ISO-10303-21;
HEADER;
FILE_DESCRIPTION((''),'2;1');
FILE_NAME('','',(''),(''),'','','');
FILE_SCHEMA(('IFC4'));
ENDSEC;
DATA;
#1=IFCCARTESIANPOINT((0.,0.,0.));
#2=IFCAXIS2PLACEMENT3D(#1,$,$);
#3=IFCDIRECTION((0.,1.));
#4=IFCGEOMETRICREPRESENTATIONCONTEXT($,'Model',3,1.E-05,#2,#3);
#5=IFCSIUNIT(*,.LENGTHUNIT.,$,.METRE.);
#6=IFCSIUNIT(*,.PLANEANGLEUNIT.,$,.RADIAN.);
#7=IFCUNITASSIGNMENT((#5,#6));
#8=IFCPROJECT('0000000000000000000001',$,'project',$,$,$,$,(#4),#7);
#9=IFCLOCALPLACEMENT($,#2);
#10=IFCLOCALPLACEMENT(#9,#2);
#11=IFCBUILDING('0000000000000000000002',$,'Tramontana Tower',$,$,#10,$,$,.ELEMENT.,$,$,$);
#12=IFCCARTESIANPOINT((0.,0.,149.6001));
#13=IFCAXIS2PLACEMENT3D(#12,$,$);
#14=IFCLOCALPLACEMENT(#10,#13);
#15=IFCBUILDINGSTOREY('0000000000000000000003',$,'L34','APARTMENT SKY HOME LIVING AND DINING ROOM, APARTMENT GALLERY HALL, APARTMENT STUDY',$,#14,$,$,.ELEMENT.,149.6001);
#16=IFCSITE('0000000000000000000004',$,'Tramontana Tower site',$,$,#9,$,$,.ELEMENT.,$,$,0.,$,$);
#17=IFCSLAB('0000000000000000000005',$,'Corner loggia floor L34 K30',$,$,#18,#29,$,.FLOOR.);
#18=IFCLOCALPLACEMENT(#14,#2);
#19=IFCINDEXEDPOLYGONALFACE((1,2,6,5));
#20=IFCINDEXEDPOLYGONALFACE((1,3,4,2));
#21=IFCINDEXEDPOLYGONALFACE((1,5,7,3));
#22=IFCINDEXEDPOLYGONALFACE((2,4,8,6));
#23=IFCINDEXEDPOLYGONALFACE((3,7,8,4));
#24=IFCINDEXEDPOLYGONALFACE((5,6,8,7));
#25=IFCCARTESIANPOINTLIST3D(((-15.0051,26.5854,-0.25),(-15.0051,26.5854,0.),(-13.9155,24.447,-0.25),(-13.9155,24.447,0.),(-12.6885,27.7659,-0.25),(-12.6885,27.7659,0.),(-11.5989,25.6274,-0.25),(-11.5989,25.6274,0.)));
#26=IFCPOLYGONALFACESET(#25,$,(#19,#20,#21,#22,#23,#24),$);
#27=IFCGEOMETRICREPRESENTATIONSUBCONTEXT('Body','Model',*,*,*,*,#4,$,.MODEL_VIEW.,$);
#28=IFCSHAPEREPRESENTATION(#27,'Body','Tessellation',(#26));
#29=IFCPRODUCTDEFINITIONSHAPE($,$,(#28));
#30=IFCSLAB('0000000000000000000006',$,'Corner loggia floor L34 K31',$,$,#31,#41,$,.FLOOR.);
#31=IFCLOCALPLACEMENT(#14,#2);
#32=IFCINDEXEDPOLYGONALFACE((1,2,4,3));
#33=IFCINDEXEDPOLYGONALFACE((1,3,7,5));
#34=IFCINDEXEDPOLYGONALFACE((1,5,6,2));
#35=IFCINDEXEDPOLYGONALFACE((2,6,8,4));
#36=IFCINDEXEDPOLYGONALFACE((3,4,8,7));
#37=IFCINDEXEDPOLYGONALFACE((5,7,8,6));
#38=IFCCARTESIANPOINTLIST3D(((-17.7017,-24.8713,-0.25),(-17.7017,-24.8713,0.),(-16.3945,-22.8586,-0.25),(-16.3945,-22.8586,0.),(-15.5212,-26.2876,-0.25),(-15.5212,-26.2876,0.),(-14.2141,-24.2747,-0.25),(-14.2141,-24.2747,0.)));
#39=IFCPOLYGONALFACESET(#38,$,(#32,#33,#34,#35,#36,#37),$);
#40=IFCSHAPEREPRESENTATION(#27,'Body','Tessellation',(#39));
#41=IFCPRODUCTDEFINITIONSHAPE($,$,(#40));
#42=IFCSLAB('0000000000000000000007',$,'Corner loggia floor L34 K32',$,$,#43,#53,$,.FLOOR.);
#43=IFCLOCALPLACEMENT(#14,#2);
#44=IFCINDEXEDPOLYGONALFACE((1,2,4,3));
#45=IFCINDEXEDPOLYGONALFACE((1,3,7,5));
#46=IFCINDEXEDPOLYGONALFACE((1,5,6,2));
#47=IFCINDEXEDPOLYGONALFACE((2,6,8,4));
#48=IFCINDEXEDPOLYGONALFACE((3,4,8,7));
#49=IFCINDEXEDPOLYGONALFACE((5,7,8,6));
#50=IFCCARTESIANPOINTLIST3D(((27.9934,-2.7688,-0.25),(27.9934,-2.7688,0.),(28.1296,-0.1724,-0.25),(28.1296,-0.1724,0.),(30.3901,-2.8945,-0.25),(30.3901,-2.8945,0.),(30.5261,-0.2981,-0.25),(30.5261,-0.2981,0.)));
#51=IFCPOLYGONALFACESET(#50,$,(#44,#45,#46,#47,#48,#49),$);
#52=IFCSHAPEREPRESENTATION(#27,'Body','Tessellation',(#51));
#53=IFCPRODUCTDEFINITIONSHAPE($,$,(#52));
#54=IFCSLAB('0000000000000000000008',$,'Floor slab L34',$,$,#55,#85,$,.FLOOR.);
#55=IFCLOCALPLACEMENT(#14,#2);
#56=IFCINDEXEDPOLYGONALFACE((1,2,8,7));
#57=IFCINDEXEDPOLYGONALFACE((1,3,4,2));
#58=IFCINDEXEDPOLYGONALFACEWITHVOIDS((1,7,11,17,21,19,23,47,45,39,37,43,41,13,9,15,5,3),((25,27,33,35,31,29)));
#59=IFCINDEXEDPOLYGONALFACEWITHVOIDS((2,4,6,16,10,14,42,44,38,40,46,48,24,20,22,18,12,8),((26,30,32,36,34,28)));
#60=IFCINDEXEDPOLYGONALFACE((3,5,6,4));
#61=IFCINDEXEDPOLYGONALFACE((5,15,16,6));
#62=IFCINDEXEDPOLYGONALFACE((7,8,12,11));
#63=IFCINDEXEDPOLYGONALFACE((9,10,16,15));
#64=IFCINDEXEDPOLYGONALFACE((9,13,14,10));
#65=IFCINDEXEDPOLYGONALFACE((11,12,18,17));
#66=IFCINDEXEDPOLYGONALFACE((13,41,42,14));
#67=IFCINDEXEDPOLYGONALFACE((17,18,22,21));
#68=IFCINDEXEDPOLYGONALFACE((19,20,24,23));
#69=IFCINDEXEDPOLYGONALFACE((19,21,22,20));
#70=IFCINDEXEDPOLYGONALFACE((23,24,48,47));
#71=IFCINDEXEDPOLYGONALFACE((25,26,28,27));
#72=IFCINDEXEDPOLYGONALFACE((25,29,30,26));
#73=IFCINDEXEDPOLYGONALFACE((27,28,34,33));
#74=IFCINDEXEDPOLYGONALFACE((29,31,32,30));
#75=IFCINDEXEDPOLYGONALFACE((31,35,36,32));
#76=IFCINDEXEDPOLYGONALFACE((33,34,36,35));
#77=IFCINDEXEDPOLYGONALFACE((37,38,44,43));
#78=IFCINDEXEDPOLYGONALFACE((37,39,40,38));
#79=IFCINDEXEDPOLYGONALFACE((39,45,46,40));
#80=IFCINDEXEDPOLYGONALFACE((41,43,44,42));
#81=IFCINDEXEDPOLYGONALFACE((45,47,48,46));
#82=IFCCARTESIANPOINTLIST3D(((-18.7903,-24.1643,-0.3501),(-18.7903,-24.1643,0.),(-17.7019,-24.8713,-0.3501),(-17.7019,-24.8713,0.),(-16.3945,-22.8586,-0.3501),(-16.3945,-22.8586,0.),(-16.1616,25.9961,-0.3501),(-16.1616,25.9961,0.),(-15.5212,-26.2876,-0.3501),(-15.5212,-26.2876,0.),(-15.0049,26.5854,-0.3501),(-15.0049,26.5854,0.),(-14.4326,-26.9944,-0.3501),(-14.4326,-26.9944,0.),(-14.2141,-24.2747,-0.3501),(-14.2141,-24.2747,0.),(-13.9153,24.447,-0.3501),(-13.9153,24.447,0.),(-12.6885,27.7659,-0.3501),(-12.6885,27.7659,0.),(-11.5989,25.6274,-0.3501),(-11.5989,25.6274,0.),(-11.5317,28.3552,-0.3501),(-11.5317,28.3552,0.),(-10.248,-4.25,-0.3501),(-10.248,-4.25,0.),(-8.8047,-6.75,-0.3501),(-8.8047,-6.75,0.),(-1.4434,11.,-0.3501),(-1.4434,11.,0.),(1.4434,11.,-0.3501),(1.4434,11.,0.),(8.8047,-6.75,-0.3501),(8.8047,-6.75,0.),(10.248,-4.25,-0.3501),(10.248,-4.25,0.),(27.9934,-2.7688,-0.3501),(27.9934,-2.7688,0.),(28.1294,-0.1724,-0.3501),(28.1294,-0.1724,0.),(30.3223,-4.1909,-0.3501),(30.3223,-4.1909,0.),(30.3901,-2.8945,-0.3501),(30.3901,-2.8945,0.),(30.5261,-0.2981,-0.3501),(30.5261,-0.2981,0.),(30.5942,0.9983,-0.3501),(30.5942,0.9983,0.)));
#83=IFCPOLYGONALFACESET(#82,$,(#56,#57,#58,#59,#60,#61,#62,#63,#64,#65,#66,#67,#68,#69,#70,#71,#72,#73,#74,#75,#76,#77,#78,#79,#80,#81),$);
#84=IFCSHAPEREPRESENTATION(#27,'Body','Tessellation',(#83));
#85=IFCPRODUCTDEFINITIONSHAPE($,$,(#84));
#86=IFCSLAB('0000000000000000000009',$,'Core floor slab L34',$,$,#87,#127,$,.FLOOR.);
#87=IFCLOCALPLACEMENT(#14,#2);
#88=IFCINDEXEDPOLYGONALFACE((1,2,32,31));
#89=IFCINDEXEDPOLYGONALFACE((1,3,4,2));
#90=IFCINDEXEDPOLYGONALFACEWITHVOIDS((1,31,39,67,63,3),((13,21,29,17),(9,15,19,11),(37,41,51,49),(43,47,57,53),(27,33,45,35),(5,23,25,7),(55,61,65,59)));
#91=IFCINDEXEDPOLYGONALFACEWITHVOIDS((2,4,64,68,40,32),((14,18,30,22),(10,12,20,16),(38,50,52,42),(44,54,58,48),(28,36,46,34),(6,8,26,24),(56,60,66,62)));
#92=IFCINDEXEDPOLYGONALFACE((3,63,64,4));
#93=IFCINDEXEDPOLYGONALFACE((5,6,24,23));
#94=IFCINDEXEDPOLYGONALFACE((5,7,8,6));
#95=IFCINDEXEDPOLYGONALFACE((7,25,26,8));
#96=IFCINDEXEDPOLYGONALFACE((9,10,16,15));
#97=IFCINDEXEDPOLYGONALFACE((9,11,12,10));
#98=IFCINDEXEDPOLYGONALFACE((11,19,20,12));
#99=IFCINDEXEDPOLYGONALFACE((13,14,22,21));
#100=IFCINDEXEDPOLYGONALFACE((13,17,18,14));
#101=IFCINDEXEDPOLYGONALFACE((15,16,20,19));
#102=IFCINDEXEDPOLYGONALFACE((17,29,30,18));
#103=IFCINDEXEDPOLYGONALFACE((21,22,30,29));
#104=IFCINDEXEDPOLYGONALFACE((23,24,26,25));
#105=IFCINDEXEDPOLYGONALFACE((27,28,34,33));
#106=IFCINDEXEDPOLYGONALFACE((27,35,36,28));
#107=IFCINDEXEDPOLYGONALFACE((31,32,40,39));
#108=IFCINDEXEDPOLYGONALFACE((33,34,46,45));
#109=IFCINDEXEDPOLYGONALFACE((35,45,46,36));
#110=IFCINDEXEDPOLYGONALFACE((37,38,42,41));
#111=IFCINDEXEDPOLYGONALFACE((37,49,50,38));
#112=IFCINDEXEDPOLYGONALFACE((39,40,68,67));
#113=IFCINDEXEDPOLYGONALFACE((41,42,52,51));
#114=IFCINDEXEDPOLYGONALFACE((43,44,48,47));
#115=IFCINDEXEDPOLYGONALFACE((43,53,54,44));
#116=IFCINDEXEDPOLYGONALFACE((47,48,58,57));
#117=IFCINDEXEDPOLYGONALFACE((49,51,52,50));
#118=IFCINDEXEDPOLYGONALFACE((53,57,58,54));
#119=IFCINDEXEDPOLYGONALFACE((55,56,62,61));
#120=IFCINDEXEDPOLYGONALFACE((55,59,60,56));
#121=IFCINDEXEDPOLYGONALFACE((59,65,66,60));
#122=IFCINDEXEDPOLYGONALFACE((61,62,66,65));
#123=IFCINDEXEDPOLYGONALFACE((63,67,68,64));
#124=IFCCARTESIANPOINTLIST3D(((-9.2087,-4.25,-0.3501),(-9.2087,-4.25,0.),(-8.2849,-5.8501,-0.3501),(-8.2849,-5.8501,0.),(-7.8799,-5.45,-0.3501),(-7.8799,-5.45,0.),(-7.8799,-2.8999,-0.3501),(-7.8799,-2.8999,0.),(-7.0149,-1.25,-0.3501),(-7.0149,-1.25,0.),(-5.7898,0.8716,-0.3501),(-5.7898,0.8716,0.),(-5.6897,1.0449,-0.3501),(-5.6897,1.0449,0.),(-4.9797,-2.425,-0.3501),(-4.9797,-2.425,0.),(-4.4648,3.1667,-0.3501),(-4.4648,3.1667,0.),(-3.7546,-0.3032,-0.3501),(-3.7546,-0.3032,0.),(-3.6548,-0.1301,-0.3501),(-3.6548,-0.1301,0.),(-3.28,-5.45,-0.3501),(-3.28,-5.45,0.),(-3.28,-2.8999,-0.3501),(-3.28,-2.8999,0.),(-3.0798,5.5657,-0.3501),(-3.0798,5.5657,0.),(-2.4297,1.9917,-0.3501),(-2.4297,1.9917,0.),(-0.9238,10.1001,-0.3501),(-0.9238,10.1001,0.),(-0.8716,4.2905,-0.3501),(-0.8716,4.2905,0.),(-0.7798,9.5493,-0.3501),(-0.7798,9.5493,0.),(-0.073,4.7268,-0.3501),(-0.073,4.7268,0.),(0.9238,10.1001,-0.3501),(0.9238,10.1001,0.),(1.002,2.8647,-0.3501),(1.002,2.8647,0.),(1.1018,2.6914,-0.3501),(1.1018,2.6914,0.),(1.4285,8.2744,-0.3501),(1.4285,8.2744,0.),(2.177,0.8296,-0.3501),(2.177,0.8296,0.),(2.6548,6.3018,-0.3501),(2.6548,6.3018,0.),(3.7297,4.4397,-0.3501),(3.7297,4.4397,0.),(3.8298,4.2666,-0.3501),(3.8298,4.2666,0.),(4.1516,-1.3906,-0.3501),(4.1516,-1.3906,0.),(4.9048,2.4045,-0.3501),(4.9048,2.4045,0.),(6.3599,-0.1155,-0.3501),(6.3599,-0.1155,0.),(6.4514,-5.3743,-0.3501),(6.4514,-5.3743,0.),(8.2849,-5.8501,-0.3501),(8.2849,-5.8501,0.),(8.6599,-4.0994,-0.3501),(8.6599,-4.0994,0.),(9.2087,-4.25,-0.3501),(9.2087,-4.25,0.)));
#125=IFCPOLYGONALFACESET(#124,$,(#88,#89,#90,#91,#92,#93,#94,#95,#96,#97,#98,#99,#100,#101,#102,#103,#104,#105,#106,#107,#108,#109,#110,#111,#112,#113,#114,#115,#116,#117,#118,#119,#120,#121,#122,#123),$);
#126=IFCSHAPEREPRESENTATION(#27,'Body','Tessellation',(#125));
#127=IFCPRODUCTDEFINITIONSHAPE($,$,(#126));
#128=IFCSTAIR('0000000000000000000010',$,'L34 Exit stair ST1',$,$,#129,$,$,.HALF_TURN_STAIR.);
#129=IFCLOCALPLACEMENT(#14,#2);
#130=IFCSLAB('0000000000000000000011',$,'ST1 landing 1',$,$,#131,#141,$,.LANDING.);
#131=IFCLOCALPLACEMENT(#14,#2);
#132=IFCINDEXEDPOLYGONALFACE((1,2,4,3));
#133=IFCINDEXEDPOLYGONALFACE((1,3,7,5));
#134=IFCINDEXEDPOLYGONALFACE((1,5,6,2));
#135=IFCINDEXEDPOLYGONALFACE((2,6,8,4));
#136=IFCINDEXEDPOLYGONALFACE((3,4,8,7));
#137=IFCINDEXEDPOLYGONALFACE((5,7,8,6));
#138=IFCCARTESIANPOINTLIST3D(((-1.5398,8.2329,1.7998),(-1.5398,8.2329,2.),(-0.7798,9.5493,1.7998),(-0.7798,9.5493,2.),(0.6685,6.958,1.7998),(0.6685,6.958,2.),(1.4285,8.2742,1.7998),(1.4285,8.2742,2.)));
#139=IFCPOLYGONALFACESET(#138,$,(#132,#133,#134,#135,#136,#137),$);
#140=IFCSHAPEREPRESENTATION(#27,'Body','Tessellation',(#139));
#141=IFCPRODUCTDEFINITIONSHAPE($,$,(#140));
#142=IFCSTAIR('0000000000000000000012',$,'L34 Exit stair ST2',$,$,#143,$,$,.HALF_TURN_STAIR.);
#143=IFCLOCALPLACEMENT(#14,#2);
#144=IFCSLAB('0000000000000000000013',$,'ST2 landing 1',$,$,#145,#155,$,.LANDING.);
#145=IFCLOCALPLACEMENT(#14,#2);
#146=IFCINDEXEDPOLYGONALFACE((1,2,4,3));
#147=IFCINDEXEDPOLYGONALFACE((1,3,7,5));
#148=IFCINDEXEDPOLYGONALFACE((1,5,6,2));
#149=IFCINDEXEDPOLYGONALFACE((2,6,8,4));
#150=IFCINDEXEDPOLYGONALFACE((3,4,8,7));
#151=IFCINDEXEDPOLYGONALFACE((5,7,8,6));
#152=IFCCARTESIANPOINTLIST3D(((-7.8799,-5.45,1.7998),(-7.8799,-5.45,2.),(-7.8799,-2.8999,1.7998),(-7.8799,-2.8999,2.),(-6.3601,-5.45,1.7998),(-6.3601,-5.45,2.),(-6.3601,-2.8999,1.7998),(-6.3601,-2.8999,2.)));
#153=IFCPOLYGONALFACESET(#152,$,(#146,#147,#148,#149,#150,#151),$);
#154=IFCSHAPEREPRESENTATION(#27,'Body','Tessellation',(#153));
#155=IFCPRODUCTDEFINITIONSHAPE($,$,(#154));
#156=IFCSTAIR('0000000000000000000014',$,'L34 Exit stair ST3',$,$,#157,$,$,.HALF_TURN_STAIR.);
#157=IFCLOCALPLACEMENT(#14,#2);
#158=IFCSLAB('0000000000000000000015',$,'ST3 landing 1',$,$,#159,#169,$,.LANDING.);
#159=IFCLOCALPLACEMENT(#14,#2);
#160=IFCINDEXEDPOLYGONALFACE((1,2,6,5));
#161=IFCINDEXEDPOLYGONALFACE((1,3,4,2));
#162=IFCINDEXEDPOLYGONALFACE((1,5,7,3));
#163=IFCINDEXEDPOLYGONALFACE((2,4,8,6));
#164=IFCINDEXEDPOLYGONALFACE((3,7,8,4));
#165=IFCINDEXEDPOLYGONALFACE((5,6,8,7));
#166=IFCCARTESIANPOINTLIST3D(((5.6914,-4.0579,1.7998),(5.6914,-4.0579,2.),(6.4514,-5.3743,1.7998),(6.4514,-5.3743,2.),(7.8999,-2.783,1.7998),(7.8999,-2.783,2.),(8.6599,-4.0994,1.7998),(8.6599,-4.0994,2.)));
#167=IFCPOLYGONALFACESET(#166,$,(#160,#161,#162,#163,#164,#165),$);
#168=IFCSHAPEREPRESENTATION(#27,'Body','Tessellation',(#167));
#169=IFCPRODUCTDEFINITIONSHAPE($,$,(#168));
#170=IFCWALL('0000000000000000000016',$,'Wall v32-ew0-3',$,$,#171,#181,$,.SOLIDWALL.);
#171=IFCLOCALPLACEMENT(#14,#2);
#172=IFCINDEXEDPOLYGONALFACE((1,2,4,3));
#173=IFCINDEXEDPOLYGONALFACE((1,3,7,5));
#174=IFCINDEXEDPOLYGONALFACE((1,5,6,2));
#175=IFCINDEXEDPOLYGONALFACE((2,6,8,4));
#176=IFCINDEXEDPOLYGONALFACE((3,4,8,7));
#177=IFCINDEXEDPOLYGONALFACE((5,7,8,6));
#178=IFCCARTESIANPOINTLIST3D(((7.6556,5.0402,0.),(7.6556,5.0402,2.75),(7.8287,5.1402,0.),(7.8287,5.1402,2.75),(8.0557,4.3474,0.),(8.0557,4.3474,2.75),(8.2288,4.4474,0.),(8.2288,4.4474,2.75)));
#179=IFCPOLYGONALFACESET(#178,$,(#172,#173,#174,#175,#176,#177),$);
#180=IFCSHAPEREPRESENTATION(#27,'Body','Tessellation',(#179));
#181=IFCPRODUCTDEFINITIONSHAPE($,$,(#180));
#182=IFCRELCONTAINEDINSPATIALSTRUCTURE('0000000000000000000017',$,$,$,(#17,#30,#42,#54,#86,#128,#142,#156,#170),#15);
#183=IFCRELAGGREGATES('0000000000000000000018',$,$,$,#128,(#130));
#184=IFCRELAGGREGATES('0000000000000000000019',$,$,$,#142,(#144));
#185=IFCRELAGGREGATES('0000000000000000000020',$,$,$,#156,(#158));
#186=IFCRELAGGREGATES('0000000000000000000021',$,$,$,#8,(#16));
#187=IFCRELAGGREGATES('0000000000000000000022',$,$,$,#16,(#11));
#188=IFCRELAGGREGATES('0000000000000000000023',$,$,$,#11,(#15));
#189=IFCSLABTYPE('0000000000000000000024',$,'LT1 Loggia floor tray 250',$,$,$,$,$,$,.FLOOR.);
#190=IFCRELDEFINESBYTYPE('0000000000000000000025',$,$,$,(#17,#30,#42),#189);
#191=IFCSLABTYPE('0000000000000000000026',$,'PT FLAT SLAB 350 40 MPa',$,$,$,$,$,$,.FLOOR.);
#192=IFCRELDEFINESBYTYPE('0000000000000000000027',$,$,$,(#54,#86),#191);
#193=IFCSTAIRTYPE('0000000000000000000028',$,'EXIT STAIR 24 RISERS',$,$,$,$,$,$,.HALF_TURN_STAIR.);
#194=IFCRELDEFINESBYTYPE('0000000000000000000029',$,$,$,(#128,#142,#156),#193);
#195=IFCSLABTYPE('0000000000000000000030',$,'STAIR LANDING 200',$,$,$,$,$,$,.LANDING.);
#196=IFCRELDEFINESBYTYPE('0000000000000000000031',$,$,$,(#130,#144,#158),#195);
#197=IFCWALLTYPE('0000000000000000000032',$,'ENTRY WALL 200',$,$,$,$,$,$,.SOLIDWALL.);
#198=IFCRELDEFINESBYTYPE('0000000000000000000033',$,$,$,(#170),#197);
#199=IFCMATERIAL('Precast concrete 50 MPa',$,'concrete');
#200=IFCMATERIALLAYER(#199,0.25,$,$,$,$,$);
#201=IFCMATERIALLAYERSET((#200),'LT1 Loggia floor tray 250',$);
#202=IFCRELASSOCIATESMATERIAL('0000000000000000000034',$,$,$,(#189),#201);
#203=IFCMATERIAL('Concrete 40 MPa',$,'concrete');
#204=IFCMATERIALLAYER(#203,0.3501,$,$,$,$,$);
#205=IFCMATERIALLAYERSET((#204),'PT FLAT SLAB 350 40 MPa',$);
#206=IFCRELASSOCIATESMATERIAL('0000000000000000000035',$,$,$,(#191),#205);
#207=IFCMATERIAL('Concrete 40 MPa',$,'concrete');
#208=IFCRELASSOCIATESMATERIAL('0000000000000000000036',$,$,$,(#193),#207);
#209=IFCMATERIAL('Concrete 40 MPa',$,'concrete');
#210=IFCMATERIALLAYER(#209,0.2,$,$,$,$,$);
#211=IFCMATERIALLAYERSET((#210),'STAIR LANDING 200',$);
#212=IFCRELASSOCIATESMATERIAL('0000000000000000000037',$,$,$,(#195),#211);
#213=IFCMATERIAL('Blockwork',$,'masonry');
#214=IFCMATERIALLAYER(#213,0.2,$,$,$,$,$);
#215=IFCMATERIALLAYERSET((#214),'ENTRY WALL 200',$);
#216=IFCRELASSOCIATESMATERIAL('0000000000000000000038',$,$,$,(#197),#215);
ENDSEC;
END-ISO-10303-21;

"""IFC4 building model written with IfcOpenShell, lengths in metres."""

from ifc_helpers import new_model, si_unit, direction, frame, frame_2d, origin, place, context, subcontext, project, spatial, polyline, rectangle, outline, extrude, material, layer, layer_set, type_object, element, aggregate, save


model = new_model("IFC4")

# Units and contexts
model_context = context("Model", 3, precision=1e-05, world=origin(), true_north=direction((0.0, 1.0)))
body_context = subcontext(model_context, "Body", "Model", "MODEL_VIEW")
ifc_project = project(units=[si_unit("LENGTHUNIT", "METRE"), si_unit("PLANEANGLEUNIT", "RADIAN")], contexts=[model_context])

# Site, building, storey
site_placement = place(None, origin())
site = spatial("IfcSite", under=ifc_project, at=site_placement, Name="Tramontana Tower site", CompositionType="ELEMENT", RefElevation=0.0)
building_placement = place(site_placement, origin())
building = spatial("IfcBuilding", under=site, at=building_placement, Name="Tramontana Tower", CompositionType="ELEMENT")
storey_placement = place(building_placement, frame((0.0, 0.0, 149.6001)))
storey = spatial("IfcBuildingStorey", under=building, at=storey_placement, Name="L34", Description="APARTMENT SKY HOME LIVING AND DINING ROOM, APARTMENT GALLERY HALL, APARTMENT STUDY", CompositionType="ELEMENT", Elevation=149.6001)

# Slabs
ifc_material_1 = material(Name="Precast concrete 50 MPa", Category="concrete")
ifc_layer_1 = layer(ifc_material_1, 0.25)
ifc_layer_set_1 = layer_set([ifc_layer_1], Name="LT1 Loggia floor tray 250")
slab_type_1 = type_object("IfcSlabType", Name="LT1 Loggia floor tray 250", PredefinedType="FLOOR", material=ifc_layer_set_1)
slab_1_placement = place(storey_placement, frame((0.0, 0.0, -0.25)))
element("IfcSlab", 1, at=slab_1_placement, inside=storey, type_object=slab_type_1, Name="Corner loggia floor L34 K30", PredefinedType="FLOOR", context=body_context, shape_type="SweptSolid", body=[
    extrude(outline(polyline([(-12.6885, 27.7659), (-11.5989, 25.6274), (-13.9155, 24.447), (-15.0051, 26.5854), (-12.6885, 27.7659)])), origin(), (0.0, 0.0, 1.0), 0.25),
])
slab_2_placement = place(storey_placement, frame((0.0, 0.0, -0.25)))
element("IfcSlab", 2, at=slab_2_placement, inside=storey, type_object=slab_type_1, Name="Corner loggia floor L34 K31", PredefinedType="FLOOR", context=body_context, shape_type="SweptSolid", body=[
    extrude(outline(polyline([(-17.7017, -24.8713), (-16.3945, -22.8586), (-14.2141, -24.2747), (-15.5212, -26.2876), (-17.7017, -24.8713)])), origin(), (0.0, 0.0, 1.0), 0.25),
])
slab_3_placement = place(storey_placement, frame((0.0, 0.0, -0.25)))
element("IfcSlab", 3, at=slab_3_placement, inside=storey, type_object=slab_type_1, Name="Corner loggia floor L34 K32", PredefinedType="FLOOR", context=body_context, shape_type="SweptSolid", body=[
    extrude(outline(polyline([(30.3901, -2.8945), (27.9934, -2.7688), (28.1296, -0.1724), (30.5261, -0.2981), (30.3901, -2.8945)])), origin(), (0.0, 0.0, 1.0), 0.25),
])
ifc_material_2 = material(Name="Concrete 40 MPa", Category="concrete")
ifc_layer_2 = layer(ifc_material_2, 0.3501)
ifc_layer_set_2 = layer_set([ifc_layer_2], Name="PT FLAT SLAB 350 40 MPa")
slab_type_2 = type_object("IfcSlabType", Name="PT FLAT SLAB 350 40 MPa", PredefinedType="FLOOR", material=ifc_layer_set_2)
slab_4_placement = place(storey_placement, frame((0.0, 0.0, -0.3501)))
element("IfcSlab", 4, at=slab_4_placement, inside=storey, type_object=slab_type_2, Name="Floor slab L34", PredefinedType="FLOOR", context=body_context, shape_type="SweptSolid", body=[
    extrude(outline(polyline([(30.5261, -0.2981), (28.1294, -0.1724), (27.9934, -2.7688), (30.3901, -2.8945), (30.3223, -4.1909), (-14.4326, -26.9944), (-15.5212, -26.2876), (-14.2141, -24.2747), (-16.3945, -22.8586), (-17.7019, -24.8713), (-18.7903, -24.1643), (-16.1616, 25.9961), (-15.0049, 26.5854), (-13.9153, 24.447), (-11.5989, 25.6274), (-12.6885, 27.7659), (-11.5317, 28.3552), (30.5942, 0.9983), (30.5261, -0.2981)]), holes=[polyline([(-10.248, -4.25), (-8.8047, -6.75), (8.8047, -6.75), (10.248, -4.25), (1.4434, 11.0), (-1.4434, 11.0), (-10.248, -4.25)])]), origin(), (0.0, 0.0, 1.0), 0.3501),
])
slab_5_placement = place(storey_placement, frame((0.0, 0.0, -0.3501)))
element("IfcSlab", 5, at=slab_5_placement, inside=storey, type_object=slab_type_2, Name="Core floor slab L34", PredefinedType="FLOOR", context=body_context, shape_type="SweptSolid", body=[
    extrude(outline(polyline([(9.2087, -4.25), (8.2849, -5.8501), (-8.2849, -5.8501), (-9.2087, -4.25), (-0.9238, 10.1001), (0.9238, 10.1001), (9.2087, -4.25)]), holes=[polyline([(8.6599, -4.0994), (6.3599, -0.1155), (4.1516, -1.3906), (6.4514, -5.3743), (8.6599, -4.0994)]), polyline([(3.8298, 4.2666), (1.1018, 2.6914), (2.177, 0.8296), (4.9048, 2.4045), (3.8298, 4.2666)]), polyline([(2.6548, 6.3018), (-0.073, 4.7268), (1.002, 2.8647), (3.7297, 4.4397), (2.6548, 6.3018)]), polyline([(-0.7798, 9.5493), (-3.0798, 5.5657), (-0.8716, 4.2905), (1.4285, 8.2744), (-0.7798, 9.5493)]), polyline([(-5.6897, 1.0449), (-3.6548, -0.1301), (-2.4297, 1.9917), (-4.4648, 3.1667), (-5.6897, 1.0449)]), polyline([(-3.28, -5.45), (-3.28, -2.8999), (-7.8799, -2.8999), (-7.8799, -5.45), (-3.28, -5.45)]), polyline([(-7.0149, -1.25), (-4.9797, -2.425), (-3.7546, -0.3032), (-5.7898, 0.8716), (-7.0149, -1.25)])]), origin(), (0.0, 0.0, 1.0), 0.3501),
])

# Stairs, slabs
ifc_material_3 = material(Name="Concrete 40 MPa", Category="concrete")
stair_type = type_object("IfcStairType", Name="EXIT STAIR 24 RISERS", PredefinedType="HALF_TURN_STAIR", material=ifc_material_3)
stair_1_placement = place(storey_placement, origin())
stair_1 = element("IfcStair", 6, at=stair_1_placement, inside=storey, type_object=stair_type, Name="L34 Exit stair ST1", PredefinedType="HALF_TURN_STAIR")
ifc_material_4 = material(Name="Concrete 40 MPa", Category="concrete")
ifc_layer_3 = layer(ifc_material_4, 0.2)
ifc_layer_set_3 = layer_set([ifc_layer_3], Name="STAIR LANDING 200")
slab_type_3 = type_object("IfcSlabType", Name="STAIR LANDING 200", PredefinedType="LANDING", material=ifc_layer_set_3)
slab_6_placement = place(storey_placement, frame((0.0, 0.0, 1.7998)))
slab_6 = element("IfcSlab", 7, at=slab_6_placement, type_object=slab_type_3, Name="ST1 landing 1", PredefinedType="LANDING", context=body_context, shape_type="SweptSolid", body=[
    extrude(outline(polyline([(0.6685, 6.958), (1.4285, 8.2742), (-0.7798, 9.5493), (-1.5398, 8.2329), (0.6685, 6.958)])), origin(), (0.0, 0.0, 1.0), 0.2002),
])
aggregate(stair_1, [slab_6])
stair_2_placement = place(storey_placement, origin())
stair_2 = element("IfcStair", 8, at=stair_2_placement, inside=storey, type_object=stair_type, Name="L34 Exit stair ST2", PredefinedType="HALF_TURN_STAIR")
slab_7_placement = place(storey_placement, frame((0.0, 0.0, 1.7998)))
slab_7 = element("IfcSlab", 9, at=slab_7_placement, type_object=slab_type_3, Name="ST2 landing 1", PredefinedType="LANDING", context=body_context, shape_type="SweptSolid", body=[
    extrude(outline(polyline([(-6.3601, -2.8999), (-7.8799, -2.8999), (-7.8799, -5.45), (-6.3601, -5.45), (-6.3601, -2.8999)])), origin(), (0.0, 0.0, 1.0), 0.2002),
])
aggregate(stair_2, [slab_7])
stair_3_placement = place(storey_placement, origin())
stair_3 = element("IfcStair", 10, at=stair_3_placement, inside=storey, type_object=stair_type, Name="L34 Exit stair ST3", PredefinedType="HALF_TURN_STAIR")
slab_8_placement = place(storey_placement, frame((0.0, 0.0, 1.7998)))
slab_8 = element("IfcSlab", 11, at=slab_8_placement, type_object=slab_type_3, Name="ST3 landing 1", PredefinedType="LANDING", context=body_context, shape_type="SweptSolid", body=[
    extrude(outline(polyline([(5.6914, -4.0579), (6.4514, -5.3743), (8.6599, -4.0994), (7.8999, -2.783), (5.6914, -4.0579)])), origin(), (0.0, 0.0, 1.0), 0.2002),
])
aggregate(stair_3, [slab_8])

# Wall
ifc_material_5 = material(Name="Blockwork", Category="masonry")
ifc_layer_4 = layer(ifc_material_5, 0.2)
ifc_layer_set_4 = layer_set([ifc_layer_4], Name="ENTRY WALL 200")
wall_type_1 = type_object("IfcWallType", Name="ENTRY WALL 200", PredefinedType="SOLIDWALL", material=ifc_layer_set_4)
wall_1_placement = place(storey_placement, frame((7.7422, 5.0901, 0.0), z_axis=(0.0, 0.0, 1.0), x_axis=(0.50011, -0.865962, 0.0)))
element("IfcWall", 12, at=wall_1_placement, inside=storey, type_object=wall_type_1, Name="Wall v32-ew0-3", PredefinedType="SOLIDWALL", context=body_context, shape_type="SweptSolid", body=[
    extrude(rectangle(XDim=0.8, YDim=0.2, at=frame_2d((0.3999, 0.0))), origin(), (0.0, 0.0, 1.0), 2.75),
])

save(model, "model.ifc")
